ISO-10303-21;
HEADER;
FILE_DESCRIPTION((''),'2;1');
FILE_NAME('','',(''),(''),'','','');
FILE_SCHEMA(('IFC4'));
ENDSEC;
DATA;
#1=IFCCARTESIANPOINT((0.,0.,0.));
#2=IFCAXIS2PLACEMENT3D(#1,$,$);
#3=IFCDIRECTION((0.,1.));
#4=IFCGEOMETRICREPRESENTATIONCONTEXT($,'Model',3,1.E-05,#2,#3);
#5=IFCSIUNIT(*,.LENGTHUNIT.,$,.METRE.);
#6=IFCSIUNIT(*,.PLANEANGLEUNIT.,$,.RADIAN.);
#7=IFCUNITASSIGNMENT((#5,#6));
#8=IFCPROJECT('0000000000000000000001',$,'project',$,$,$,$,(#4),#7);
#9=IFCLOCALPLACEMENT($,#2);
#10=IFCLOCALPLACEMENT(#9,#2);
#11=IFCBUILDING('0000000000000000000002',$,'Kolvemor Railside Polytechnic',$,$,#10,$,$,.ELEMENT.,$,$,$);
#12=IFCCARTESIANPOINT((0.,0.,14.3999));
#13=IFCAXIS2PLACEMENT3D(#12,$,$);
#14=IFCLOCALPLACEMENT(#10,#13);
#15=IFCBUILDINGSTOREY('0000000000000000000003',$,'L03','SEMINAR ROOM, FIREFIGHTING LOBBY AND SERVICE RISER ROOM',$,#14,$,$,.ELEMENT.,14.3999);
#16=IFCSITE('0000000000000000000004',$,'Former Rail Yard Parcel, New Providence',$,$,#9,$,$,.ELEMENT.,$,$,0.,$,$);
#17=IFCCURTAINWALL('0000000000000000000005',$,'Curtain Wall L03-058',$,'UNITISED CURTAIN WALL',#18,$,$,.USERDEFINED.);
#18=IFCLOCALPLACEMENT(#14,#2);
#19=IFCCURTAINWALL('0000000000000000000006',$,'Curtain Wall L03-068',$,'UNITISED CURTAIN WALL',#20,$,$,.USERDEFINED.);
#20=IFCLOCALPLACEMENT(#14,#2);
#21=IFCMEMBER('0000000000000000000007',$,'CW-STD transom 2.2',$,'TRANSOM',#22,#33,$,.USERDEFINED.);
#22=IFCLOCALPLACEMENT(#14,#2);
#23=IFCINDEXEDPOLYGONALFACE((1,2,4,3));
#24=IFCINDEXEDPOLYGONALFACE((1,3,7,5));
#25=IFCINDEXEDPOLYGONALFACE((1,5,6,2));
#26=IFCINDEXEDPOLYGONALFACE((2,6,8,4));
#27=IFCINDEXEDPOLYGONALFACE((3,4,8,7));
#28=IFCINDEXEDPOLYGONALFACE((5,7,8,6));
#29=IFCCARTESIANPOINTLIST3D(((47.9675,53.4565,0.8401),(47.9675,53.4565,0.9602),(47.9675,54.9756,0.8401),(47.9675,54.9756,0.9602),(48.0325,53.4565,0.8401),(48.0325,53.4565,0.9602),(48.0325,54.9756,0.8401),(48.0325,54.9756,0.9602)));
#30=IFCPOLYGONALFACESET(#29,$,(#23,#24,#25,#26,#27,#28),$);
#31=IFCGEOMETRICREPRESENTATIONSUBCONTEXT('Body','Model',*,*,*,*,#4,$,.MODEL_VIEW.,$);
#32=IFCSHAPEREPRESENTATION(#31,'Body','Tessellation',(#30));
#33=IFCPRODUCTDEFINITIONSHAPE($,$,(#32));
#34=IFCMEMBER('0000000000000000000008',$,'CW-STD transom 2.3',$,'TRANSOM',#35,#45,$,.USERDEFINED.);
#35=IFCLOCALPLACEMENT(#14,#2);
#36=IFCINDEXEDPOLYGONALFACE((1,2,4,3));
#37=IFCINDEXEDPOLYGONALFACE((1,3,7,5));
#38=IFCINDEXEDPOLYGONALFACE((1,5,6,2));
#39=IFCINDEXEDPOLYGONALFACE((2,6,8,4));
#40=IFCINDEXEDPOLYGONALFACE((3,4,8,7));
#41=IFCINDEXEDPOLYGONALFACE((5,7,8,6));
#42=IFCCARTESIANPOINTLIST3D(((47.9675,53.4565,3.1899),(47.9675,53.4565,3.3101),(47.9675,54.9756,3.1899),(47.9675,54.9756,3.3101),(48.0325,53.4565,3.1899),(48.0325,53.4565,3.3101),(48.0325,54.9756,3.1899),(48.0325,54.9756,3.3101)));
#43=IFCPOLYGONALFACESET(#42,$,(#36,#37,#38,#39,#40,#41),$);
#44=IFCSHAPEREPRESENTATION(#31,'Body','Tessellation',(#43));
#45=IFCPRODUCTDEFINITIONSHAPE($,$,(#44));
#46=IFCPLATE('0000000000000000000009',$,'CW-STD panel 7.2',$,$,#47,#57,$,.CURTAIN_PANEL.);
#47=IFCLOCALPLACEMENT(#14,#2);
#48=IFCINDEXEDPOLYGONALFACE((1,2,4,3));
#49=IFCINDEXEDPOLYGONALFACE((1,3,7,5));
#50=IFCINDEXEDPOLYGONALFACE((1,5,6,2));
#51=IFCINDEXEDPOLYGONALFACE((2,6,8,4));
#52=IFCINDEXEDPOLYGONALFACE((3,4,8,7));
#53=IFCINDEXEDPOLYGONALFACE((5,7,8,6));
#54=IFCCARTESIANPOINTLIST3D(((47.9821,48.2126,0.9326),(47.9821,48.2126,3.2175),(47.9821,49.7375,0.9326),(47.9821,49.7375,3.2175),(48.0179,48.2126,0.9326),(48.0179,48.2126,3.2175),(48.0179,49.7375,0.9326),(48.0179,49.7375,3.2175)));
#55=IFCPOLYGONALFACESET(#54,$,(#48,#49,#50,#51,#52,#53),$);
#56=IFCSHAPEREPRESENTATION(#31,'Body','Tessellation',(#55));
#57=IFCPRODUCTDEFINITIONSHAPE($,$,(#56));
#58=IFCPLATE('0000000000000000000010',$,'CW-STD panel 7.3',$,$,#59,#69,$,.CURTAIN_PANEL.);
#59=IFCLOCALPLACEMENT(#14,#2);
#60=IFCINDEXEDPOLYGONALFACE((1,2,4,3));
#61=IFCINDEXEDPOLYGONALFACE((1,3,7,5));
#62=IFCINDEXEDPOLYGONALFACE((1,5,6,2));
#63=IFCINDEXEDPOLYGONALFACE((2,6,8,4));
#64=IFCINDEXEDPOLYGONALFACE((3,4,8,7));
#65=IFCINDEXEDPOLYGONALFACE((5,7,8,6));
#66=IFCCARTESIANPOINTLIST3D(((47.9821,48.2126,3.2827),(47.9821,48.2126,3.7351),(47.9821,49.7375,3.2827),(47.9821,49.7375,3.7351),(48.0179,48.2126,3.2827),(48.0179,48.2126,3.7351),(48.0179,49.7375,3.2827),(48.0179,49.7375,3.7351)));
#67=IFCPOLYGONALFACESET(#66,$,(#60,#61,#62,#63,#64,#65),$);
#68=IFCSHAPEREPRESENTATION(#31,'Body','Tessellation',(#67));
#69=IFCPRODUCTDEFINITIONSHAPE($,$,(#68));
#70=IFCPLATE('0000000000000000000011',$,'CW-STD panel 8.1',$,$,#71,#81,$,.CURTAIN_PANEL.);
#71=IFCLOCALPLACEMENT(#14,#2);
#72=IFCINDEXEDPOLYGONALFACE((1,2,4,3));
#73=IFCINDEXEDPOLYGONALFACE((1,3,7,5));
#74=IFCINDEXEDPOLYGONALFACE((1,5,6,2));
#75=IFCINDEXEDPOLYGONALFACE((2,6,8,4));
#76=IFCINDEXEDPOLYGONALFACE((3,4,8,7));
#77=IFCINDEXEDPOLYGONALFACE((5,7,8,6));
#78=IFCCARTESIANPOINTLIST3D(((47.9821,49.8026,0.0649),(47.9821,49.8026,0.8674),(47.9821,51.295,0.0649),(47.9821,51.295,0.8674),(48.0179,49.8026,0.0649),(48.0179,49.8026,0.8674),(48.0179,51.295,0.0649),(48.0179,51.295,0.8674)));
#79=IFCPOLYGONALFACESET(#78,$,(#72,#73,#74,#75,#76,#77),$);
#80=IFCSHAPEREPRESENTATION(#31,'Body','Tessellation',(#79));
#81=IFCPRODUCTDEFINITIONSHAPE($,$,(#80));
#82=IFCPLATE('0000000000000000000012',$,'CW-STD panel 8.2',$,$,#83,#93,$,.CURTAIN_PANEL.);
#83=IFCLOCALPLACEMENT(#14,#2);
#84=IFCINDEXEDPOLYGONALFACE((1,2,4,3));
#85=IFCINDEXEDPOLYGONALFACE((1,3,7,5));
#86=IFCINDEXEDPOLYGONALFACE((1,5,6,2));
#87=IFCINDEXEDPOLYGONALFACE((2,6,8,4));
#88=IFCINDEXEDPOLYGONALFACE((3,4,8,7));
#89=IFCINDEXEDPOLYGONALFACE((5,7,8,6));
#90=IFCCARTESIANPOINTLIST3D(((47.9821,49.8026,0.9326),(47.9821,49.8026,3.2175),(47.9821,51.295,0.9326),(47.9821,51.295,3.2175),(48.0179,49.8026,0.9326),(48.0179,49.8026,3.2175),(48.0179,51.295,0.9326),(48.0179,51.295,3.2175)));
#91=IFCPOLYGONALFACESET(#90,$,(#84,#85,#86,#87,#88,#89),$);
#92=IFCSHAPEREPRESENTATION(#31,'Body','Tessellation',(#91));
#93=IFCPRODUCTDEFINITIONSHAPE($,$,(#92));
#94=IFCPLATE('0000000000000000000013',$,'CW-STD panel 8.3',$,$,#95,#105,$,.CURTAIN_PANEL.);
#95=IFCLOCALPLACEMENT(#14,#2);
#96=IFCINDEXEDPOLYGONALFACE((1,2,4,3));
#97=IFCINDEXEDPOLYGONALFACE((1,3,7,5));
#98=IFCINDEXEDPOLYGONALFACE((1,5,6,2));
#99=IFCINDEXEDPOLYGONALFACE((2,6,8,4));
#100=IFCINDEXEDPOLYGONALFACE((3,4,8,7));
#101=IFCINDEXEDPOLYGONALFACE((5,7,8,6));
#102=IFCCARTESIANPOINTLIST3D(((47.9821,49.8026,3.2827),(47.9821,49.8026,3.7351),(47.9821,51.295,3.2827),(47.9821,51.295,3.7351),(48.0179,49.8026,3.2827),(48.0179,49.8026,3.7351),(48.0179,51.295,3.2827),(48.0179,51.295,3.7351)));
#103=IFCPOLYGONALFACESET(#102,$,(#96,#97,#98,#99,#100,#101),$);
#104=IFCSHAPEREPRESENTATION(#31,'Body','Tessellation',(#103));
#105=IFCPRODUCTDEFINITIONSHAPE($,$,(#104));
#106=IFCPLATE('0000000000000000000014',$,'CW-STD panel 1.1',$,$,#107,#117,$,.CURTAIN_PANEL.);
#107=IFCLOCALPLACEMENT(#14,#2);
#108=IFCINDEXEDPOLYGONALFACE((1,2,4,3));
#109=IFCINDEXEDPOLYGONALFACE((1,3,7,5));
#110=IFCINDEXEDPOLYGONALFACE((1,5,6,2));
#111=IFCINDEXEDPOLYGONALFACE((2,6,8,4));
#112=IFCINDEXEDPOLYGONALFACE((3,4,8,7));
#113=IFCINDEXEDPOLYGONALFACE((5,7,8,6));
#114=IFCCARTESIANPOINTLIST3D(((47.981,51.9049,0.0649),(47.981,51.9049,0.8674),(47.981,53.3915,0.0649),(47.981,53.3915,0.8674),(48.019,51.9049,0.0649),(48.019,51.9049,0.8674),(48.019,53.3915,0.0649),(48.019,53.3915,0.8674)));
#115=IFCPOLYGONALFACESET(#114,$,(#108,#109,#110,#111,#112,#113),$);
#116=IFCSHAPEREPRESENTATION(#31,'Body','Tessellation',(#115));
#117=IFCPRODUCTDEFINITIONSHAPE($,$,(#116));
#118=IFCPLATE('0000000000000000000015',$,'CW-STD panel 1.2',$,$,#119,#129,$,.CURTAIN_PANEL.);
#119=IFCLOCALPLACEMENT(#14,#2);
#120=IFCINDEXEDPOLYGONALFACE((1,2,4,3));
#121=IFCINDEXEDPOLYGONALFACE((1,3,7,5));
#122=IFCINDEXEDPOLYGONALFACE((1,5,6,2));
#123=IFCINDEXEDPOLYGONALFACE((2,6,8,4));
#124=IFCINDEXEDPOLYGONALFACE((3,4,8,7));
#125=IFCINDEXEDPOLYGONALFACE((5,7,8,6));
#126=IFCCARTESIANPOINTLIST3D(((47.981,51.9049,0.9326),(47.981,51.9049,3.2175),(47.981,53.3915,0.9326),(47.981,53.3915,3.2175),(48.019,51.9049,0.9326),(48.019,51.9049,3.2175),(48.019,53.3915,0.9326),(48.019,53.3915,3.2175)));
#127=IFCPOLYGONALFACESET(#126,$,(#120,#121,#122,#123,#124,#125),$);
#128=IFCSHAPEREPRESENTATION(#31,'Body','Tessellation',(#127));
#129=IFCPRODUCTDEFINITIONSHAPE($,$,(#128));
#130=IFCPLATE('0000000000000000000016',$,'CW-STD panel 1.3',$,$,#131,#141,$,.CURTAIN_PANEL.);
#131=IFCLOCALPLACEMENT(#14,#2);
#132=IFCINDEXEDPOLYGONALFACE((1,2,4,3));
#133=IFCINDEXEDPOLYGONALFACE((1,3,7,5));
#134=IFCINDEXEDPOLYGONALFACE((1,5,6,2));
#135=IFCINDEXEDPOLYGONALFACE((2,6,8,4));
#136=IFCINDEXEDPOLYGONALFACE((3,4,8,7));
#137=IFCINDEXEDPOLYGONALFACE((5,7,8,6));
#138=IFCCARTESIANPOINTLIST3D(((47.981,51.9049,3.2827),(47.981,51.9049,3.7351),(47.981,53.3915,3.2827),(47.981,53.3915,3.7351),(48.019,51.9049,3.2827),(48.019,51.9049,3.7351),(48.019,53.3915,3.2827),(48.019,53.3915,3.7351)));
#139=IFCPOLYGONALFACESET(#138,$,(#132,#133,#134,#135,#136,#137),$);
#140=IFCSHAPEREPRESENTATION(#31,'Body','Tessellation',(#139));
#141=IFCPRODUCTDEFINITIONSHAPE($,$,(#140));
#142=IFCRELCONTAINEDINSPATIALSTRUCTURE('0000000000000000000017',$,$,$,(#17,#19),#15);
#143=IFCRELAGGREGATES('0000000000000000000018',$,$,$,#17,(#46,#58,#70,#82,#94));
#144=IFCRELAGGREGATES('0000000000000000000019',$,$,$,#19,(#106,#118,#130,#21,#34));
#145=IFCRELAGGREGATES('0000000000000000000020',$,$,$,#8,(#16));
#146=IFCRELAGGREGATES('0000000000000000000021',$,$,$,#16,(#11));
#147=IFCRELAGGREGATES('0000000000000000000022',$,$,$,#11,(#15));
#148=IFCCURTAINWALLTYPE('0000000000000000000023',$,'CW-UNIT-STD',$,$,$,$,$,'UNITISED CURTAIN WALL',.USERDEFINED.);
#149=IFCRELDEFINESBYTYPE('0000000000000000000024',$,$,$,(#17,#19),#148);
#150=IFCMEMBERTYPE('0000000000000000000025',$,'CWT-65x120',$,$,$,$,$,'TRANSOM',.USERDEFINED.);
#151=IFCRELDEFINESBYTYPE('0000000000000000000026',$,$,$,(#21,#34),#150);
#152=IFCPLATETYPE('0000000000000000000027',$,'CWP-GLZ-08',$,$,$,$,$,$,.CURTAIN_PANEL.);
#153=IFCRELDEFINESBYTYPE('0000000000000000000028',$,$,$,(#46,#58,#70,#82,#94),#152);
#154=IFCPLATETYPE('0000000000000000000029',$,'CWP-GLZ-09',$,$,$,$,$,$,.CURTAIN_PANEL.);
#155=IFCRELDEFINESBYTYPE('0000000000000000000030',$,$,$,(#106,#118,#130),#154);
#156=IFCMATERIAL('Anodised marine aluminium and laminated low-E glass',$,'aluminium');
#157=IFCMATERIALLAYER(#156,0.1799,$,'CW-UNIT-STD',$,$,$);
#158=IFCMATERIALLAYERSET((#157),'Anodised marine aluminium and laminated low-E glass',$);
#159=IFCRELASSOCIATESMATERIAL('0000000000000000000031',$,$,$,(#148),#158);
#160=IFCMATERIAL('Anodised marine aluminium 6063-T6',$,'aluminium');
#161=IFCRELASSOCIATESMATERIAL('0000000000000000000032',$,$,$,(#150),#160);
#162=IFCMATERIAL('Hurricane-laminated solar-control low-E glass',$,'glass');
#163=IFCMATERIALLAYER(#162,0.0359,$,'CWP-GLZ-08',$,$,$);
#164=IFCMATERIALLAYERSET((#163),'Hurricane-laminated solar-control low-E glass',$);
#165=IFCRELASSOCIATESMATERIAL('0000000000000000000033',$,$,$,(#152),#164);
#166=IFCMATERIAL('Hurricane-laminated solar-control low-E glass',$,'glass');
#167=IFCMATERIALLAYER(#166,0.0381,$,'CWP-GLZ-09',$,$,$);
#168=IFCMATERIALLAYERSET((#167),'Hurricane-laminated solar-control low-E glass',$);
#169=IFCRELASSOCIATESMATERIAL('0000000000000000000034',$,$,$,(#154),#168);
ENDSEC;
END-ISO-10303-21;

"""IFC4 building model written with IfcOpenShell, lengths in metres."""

from ifc_helpers import new_model, si_unit, direction, frame, origin, origin_2d, place, context, subcontext, project, spatial, rectangle, extrude, material, layer, layer_set, material_profile, profile_set, type_object, element, aggregate, save


model = new_model("IFC4")

# Units and contexts
model_context = context("Model", 3, precision=1e-05, world=origin(), true_north=direction((0.0, 1.0)))
body_context = subcontext(model_context, "Body", "Model", "MODEL_VIEW")
ifc_project = project(units=[si_unit("LENGTHUNIT", "METRE"), si_unit("PLANEANGLEUNIT", "RADIAN")], contexts=[model_context])

# Site, building, storey
site_placement = place(None, origin())
site = spatial("IfcSite", under=ifc_project, at=site_placement, Name="Former Rail Yard Parcel, New Providence", CompositionType="ELEMENT", RefElevation=0.0)
building_placement = place(site_placement, origin())
building = spatial("IfcBuilding", under=site, at=building_placement, Name="Kolvemor Railside Polytechnic", CompositionType="ELEMENT")
storey_placement = place(building_placement, frame((0.0, 0.0, 14.3999)))
storey = spatial("IfcBuildingStorey", under=building, at=storey_placement, Name="L03", Description="SEMINAR ROOM, FIREFIGHTING LOBBY AND SERVICE RISER ROOM", CompositionType="ELEMENT", Elevation=14.3999)

# Curtain walls
ifc_material_1 = material(Name="Anodised marine aluminium and laminated low-E glass", Category="aluminium")
ifc_layer_1 = layer(ifc_material_1, 0.1799, Name="CW-UNIT-STD")
ifc_layer_set_1 = layer_set([ifc_layer_1], Name="Anodised marine aluminium and laminated low-E glass")
curtain_wall_type = type_object("IfcCurtainWallType", Name="CW-UNIT-STD", ElementType="UNITISED CURTAIN WALL", PredefinedType="USERDEFINED", material=ifc_layer_set_1)
curtain_wall_1_placement = place(storey_placement, origin())
curtain_wall_1 = element("IfcCurtainWall", 1, at=curtain_wall_1_placement, inside=storey, type_object=curtain_wall_type, Name="Curtain Wall L03-058", ObjectType="UNITISED CURTAIN WALL", PredefinedType="USERDEFINED")
curtain_wall_2_placement = place(storey_placement, origin())
curtain_wall_2 = element("IfcCurtainWall", 2, at=curtain_wall_2_placement, inside=storey, type_object=curtain_wall_type, Name="Curtain Wall L03-068", ObjectType="UNITISED CURTAIN WALL", PredefinedType="USERDEFINED")

# Members
ifc_material_2 = material(Name="Anodised marine aluminium 6063-T6", Category="aluminium")
ifc_material_profile_1 = material_profile(ifc_material_2, rectangle(XDim=0.0649, YDim=0.1201, at=origin_2d()), Name="CW-TRN-65x120")
ifc_profile_set_1 = profile_set([ifc_material_profile_1], Name="Anodised marine aluminium 6063-T6")
member_type_1 = type_object("IfcMemberType", Name="CWT-65x120", ElementType="TRANSOM", PredefinedType="USERDEFINED", material=ifc_profile_set_1)
member_1_placement = place(storey_placement, frame((48.0, 53.4565, 0.9001), z_axis=(0.0, 1.0, 0.0), x_axis=(-1.0, 0.0, 0.0)))
member_1 = element("IfcMember", 3, at=member_1_placement, type_object=member_type_1, Name="CW-STD transom 2.2", ObjectType="TRANSOM", PredefinedType="USERDEFINED", context=body_context, shape_type="SweptSolid", body=[
    extrude(rectangle(XDim=0.0649, YDim=0.1201, at=origin_2d()), origin(), (0.0, 0.0, 1.0), 1.519),
])
member_2_placement = place(storey_placement, frame((48.0, 53.4565, 3.25), z_axis=(0.0, 1.0, 0.0), x_axis=(-1.0, 0.0, 0.0)))
member_2 = element("IfcMember", 4, at=member_2_placement, type_object=member_type_1, Name="CW-STD transom 2.3", ObjectType="TRANSOM", PredefinedType="USERDEFINED", context=body_context, shape_type="SweptSolid", body=[
    extrude(rectangle(XDim=0.0649, YDim=0.1201, at=origin_2d()), origin(), (0.0, 0.0, 1.0), 1.519),
])

# Plates
ifc_material_3 = material(Name="Hurricane-laminated solar-control low-E glass", Category="glass")
ifc_layer_2 = layer(ifc_material_3, 0.0359, Name="CWP-GLZ-08")
ifc_layer_set_2 = layer_set([ifc_layer_2], Name="Hurricane-laminated solar-control low-E glass")
plate_type_1 = type_object("IfcPlateType", Name="CWP-GLZ-08", PredefinedType="CURTAIN_PANEL", material=ifc_layer_set_2)
plate_1_placement = place(storey_placement, frame((48.0, 48.9751, 0.9326), z_axis=(0.0, 0.0, 1.0), x_axis=(0.0, 1.0, 0.0)))
plate_1 = element("IfcPlate", 5, at=plate_1_placement, type_object=plate_type_1, Name="CW-STD panel 7.2", PredefinedType="CURTAIN_PANEL", context=body_context, shape_type="SweptSolid", body=[
    extrude(rectangle(XDim=1.5249, YDim=0.0359, at=origin_2d()), origin(), (0.0, 0.0, 1.0), 2.2849),
])
plate_2_placement = place(storey_placement, frame((48.0, 48.9751, 3.2827), z_axis=(0.0, 0.0, 1.0), x_axis=(0.0, 1.0, 0.0)))
plate_2 = element("IfcPlate", 6, at=plate_2_placement, type_object=plate_type_1, Name="CW-STD panel 7.3", PredefinedType="CURTAIN_PANEL", context=body_context, shape_type="SweptSolid", body=[
    extrude(rectangle(XDim=1.5249, YDim=0.0359, at=origin_2d()), origin(), (0.0, 0.0, 1.0), 0.4524),
])
plate_3_placement = place(storey_placement, frame((48.0, 50.5488, 0.0649), z_axis=(0.0, 0.0, 1.0), x_axis=(0.0, 1.0, 0.0)))
plate_3 = element("IfcPlate", 7, at=plate_3_placement, type_object=plate_type_1, Name="CW-STD panel 8.1", PredefinedType="CURTAIN_PANEL", context=body_context, shape_type="SweptSolid", body=[
    extrude(rectangle(XDim=1.4924, YDim=0.0359, at=origin_2d()), origin(), (0.0, 0.0, 1.0), 0.8025),
])
plate_4_placement = place(storey_placement, frame((48.0, 50.5488, 0.9326), z_axis=(0.0, 0.0, 1.0), x_axis=(0.0, 1.0, 0.0)))
plate_4 = element("IfcPlate", 8, at=plate_4_placement, type_object=plate_type_1, Name="CW-STD panel 8.2", PredefinedType="CURTAIN_PANEL", context=body_context, shape_type="SweptSolid", body=[
    extrude(rectangle(XDim=1.4924, YDim=0.0359, at=origin_2d()), origin(), (0.0, 0.0, 1.0), 2.2849),
])
plate_5_placement = place(storey_placement, frame((48.0, 50.5488, 3.2827), z_axis=(0.0, 0.0, 1.0), x_axis=(0.0, 1.0, 0.0)))
plate_5 = element("IfcPlate", 9, at=plate_5_placement, type_object=plate_type_1, Name="CW-STD panel 8.3", PredefinedType="CURTAIN_PANEL", context=body_context, shape_type="SweptSolid", body=[
    extrude(rectangle(XDim=1.4924, YDim=0.0359, at=origin_2d()), origin(), (0.0, 0.0, 1.0), 0.4524),
])
aggregate(curtain_wall_1, [plate_1, plate_2, plate_3, plate_4, plate_5])
ifc_material_4 = material(Name="Hurricane-laminated solar-control low-E glass", Category="glass")
ifc_layer_3 = layer(ifc_material_4, 0.0381, Name="CWP-GLZ-09")
ifc_layer_set_3 = layer_set([ifc_layer_3], Name="Hurricane-laminated solar-control low-E glass")
plate_type_2 = type_object("IfcPlateType", Name="CWP-GLZ-09", PredefinedType="CURTAIN_PANEL", material=ifc_layer_set_3)
plate_6_placement = place(storey_placement, frame((48.0, 52.6482, 0.0649), z_axis=(0.0, 0.0, 1.0), x_axis=(0.0, 1.0, 0.0)))
plate_6 = element("IfcPlate", 10, at=plate_6_placement, type_object=plate_type_2, Name="CW-STD panel 1.1", PredefinedType="CURTAIN_PANEL", context=body_context, shape_type="SweptSolid", body=[
    extrude(rectangle(XDim=1.4866, YDim=0.0381, at=origin_2d()), origin(), (0.0, 0.0, 1.0), 0.8025),
])
plate_7_placement = place(storey_placement, frame((48.0, 52.6482, 0.9326), z_axis=(0.0, 0.0, 1.0), x_axis=(0.0, 1.0, 0.0)))
plate_7 = element("IfcPlate", 11, at=plate_7_placement, type_object=plate_type_2, Name="CW-STD panel 1.2", PredefinedType="CURTAIN_PANEL", context=body_context, shape_type="SweptSolid", body=[
    extrude(rectangle(XDim=1.4866, YDim=0.0381, at=origin_2d()), origin(), (0.0, 0.0, 1.0), 2.2849),
])
plate_8_placement = place(storey_placement, frame((48.0, 52.6482, 3.2827), z_axis=(0.0, 0.0, 1.0), x_axis=(0.0, 1.0, 0.0)))
plate_8 = element("IfcPlate", 12, at=plate_8_placement, type_object=plate_type_2, Name="CW-STD panel 1.3", PredefinedType="CURTAIN_PANEL", context=body_context, shape_type="SweptSolid", body=[
    extrude(rectangle(XDim=1.4866, YDim=0.0381, at=origin_2d()), origin(), (0.0, 0.0, 1.0), 0.4524),
])
aggregate(curtain_wall_2, [plate_6, plate_7, plate_8, member_1, member_2])

save(model, "model.ifc")
